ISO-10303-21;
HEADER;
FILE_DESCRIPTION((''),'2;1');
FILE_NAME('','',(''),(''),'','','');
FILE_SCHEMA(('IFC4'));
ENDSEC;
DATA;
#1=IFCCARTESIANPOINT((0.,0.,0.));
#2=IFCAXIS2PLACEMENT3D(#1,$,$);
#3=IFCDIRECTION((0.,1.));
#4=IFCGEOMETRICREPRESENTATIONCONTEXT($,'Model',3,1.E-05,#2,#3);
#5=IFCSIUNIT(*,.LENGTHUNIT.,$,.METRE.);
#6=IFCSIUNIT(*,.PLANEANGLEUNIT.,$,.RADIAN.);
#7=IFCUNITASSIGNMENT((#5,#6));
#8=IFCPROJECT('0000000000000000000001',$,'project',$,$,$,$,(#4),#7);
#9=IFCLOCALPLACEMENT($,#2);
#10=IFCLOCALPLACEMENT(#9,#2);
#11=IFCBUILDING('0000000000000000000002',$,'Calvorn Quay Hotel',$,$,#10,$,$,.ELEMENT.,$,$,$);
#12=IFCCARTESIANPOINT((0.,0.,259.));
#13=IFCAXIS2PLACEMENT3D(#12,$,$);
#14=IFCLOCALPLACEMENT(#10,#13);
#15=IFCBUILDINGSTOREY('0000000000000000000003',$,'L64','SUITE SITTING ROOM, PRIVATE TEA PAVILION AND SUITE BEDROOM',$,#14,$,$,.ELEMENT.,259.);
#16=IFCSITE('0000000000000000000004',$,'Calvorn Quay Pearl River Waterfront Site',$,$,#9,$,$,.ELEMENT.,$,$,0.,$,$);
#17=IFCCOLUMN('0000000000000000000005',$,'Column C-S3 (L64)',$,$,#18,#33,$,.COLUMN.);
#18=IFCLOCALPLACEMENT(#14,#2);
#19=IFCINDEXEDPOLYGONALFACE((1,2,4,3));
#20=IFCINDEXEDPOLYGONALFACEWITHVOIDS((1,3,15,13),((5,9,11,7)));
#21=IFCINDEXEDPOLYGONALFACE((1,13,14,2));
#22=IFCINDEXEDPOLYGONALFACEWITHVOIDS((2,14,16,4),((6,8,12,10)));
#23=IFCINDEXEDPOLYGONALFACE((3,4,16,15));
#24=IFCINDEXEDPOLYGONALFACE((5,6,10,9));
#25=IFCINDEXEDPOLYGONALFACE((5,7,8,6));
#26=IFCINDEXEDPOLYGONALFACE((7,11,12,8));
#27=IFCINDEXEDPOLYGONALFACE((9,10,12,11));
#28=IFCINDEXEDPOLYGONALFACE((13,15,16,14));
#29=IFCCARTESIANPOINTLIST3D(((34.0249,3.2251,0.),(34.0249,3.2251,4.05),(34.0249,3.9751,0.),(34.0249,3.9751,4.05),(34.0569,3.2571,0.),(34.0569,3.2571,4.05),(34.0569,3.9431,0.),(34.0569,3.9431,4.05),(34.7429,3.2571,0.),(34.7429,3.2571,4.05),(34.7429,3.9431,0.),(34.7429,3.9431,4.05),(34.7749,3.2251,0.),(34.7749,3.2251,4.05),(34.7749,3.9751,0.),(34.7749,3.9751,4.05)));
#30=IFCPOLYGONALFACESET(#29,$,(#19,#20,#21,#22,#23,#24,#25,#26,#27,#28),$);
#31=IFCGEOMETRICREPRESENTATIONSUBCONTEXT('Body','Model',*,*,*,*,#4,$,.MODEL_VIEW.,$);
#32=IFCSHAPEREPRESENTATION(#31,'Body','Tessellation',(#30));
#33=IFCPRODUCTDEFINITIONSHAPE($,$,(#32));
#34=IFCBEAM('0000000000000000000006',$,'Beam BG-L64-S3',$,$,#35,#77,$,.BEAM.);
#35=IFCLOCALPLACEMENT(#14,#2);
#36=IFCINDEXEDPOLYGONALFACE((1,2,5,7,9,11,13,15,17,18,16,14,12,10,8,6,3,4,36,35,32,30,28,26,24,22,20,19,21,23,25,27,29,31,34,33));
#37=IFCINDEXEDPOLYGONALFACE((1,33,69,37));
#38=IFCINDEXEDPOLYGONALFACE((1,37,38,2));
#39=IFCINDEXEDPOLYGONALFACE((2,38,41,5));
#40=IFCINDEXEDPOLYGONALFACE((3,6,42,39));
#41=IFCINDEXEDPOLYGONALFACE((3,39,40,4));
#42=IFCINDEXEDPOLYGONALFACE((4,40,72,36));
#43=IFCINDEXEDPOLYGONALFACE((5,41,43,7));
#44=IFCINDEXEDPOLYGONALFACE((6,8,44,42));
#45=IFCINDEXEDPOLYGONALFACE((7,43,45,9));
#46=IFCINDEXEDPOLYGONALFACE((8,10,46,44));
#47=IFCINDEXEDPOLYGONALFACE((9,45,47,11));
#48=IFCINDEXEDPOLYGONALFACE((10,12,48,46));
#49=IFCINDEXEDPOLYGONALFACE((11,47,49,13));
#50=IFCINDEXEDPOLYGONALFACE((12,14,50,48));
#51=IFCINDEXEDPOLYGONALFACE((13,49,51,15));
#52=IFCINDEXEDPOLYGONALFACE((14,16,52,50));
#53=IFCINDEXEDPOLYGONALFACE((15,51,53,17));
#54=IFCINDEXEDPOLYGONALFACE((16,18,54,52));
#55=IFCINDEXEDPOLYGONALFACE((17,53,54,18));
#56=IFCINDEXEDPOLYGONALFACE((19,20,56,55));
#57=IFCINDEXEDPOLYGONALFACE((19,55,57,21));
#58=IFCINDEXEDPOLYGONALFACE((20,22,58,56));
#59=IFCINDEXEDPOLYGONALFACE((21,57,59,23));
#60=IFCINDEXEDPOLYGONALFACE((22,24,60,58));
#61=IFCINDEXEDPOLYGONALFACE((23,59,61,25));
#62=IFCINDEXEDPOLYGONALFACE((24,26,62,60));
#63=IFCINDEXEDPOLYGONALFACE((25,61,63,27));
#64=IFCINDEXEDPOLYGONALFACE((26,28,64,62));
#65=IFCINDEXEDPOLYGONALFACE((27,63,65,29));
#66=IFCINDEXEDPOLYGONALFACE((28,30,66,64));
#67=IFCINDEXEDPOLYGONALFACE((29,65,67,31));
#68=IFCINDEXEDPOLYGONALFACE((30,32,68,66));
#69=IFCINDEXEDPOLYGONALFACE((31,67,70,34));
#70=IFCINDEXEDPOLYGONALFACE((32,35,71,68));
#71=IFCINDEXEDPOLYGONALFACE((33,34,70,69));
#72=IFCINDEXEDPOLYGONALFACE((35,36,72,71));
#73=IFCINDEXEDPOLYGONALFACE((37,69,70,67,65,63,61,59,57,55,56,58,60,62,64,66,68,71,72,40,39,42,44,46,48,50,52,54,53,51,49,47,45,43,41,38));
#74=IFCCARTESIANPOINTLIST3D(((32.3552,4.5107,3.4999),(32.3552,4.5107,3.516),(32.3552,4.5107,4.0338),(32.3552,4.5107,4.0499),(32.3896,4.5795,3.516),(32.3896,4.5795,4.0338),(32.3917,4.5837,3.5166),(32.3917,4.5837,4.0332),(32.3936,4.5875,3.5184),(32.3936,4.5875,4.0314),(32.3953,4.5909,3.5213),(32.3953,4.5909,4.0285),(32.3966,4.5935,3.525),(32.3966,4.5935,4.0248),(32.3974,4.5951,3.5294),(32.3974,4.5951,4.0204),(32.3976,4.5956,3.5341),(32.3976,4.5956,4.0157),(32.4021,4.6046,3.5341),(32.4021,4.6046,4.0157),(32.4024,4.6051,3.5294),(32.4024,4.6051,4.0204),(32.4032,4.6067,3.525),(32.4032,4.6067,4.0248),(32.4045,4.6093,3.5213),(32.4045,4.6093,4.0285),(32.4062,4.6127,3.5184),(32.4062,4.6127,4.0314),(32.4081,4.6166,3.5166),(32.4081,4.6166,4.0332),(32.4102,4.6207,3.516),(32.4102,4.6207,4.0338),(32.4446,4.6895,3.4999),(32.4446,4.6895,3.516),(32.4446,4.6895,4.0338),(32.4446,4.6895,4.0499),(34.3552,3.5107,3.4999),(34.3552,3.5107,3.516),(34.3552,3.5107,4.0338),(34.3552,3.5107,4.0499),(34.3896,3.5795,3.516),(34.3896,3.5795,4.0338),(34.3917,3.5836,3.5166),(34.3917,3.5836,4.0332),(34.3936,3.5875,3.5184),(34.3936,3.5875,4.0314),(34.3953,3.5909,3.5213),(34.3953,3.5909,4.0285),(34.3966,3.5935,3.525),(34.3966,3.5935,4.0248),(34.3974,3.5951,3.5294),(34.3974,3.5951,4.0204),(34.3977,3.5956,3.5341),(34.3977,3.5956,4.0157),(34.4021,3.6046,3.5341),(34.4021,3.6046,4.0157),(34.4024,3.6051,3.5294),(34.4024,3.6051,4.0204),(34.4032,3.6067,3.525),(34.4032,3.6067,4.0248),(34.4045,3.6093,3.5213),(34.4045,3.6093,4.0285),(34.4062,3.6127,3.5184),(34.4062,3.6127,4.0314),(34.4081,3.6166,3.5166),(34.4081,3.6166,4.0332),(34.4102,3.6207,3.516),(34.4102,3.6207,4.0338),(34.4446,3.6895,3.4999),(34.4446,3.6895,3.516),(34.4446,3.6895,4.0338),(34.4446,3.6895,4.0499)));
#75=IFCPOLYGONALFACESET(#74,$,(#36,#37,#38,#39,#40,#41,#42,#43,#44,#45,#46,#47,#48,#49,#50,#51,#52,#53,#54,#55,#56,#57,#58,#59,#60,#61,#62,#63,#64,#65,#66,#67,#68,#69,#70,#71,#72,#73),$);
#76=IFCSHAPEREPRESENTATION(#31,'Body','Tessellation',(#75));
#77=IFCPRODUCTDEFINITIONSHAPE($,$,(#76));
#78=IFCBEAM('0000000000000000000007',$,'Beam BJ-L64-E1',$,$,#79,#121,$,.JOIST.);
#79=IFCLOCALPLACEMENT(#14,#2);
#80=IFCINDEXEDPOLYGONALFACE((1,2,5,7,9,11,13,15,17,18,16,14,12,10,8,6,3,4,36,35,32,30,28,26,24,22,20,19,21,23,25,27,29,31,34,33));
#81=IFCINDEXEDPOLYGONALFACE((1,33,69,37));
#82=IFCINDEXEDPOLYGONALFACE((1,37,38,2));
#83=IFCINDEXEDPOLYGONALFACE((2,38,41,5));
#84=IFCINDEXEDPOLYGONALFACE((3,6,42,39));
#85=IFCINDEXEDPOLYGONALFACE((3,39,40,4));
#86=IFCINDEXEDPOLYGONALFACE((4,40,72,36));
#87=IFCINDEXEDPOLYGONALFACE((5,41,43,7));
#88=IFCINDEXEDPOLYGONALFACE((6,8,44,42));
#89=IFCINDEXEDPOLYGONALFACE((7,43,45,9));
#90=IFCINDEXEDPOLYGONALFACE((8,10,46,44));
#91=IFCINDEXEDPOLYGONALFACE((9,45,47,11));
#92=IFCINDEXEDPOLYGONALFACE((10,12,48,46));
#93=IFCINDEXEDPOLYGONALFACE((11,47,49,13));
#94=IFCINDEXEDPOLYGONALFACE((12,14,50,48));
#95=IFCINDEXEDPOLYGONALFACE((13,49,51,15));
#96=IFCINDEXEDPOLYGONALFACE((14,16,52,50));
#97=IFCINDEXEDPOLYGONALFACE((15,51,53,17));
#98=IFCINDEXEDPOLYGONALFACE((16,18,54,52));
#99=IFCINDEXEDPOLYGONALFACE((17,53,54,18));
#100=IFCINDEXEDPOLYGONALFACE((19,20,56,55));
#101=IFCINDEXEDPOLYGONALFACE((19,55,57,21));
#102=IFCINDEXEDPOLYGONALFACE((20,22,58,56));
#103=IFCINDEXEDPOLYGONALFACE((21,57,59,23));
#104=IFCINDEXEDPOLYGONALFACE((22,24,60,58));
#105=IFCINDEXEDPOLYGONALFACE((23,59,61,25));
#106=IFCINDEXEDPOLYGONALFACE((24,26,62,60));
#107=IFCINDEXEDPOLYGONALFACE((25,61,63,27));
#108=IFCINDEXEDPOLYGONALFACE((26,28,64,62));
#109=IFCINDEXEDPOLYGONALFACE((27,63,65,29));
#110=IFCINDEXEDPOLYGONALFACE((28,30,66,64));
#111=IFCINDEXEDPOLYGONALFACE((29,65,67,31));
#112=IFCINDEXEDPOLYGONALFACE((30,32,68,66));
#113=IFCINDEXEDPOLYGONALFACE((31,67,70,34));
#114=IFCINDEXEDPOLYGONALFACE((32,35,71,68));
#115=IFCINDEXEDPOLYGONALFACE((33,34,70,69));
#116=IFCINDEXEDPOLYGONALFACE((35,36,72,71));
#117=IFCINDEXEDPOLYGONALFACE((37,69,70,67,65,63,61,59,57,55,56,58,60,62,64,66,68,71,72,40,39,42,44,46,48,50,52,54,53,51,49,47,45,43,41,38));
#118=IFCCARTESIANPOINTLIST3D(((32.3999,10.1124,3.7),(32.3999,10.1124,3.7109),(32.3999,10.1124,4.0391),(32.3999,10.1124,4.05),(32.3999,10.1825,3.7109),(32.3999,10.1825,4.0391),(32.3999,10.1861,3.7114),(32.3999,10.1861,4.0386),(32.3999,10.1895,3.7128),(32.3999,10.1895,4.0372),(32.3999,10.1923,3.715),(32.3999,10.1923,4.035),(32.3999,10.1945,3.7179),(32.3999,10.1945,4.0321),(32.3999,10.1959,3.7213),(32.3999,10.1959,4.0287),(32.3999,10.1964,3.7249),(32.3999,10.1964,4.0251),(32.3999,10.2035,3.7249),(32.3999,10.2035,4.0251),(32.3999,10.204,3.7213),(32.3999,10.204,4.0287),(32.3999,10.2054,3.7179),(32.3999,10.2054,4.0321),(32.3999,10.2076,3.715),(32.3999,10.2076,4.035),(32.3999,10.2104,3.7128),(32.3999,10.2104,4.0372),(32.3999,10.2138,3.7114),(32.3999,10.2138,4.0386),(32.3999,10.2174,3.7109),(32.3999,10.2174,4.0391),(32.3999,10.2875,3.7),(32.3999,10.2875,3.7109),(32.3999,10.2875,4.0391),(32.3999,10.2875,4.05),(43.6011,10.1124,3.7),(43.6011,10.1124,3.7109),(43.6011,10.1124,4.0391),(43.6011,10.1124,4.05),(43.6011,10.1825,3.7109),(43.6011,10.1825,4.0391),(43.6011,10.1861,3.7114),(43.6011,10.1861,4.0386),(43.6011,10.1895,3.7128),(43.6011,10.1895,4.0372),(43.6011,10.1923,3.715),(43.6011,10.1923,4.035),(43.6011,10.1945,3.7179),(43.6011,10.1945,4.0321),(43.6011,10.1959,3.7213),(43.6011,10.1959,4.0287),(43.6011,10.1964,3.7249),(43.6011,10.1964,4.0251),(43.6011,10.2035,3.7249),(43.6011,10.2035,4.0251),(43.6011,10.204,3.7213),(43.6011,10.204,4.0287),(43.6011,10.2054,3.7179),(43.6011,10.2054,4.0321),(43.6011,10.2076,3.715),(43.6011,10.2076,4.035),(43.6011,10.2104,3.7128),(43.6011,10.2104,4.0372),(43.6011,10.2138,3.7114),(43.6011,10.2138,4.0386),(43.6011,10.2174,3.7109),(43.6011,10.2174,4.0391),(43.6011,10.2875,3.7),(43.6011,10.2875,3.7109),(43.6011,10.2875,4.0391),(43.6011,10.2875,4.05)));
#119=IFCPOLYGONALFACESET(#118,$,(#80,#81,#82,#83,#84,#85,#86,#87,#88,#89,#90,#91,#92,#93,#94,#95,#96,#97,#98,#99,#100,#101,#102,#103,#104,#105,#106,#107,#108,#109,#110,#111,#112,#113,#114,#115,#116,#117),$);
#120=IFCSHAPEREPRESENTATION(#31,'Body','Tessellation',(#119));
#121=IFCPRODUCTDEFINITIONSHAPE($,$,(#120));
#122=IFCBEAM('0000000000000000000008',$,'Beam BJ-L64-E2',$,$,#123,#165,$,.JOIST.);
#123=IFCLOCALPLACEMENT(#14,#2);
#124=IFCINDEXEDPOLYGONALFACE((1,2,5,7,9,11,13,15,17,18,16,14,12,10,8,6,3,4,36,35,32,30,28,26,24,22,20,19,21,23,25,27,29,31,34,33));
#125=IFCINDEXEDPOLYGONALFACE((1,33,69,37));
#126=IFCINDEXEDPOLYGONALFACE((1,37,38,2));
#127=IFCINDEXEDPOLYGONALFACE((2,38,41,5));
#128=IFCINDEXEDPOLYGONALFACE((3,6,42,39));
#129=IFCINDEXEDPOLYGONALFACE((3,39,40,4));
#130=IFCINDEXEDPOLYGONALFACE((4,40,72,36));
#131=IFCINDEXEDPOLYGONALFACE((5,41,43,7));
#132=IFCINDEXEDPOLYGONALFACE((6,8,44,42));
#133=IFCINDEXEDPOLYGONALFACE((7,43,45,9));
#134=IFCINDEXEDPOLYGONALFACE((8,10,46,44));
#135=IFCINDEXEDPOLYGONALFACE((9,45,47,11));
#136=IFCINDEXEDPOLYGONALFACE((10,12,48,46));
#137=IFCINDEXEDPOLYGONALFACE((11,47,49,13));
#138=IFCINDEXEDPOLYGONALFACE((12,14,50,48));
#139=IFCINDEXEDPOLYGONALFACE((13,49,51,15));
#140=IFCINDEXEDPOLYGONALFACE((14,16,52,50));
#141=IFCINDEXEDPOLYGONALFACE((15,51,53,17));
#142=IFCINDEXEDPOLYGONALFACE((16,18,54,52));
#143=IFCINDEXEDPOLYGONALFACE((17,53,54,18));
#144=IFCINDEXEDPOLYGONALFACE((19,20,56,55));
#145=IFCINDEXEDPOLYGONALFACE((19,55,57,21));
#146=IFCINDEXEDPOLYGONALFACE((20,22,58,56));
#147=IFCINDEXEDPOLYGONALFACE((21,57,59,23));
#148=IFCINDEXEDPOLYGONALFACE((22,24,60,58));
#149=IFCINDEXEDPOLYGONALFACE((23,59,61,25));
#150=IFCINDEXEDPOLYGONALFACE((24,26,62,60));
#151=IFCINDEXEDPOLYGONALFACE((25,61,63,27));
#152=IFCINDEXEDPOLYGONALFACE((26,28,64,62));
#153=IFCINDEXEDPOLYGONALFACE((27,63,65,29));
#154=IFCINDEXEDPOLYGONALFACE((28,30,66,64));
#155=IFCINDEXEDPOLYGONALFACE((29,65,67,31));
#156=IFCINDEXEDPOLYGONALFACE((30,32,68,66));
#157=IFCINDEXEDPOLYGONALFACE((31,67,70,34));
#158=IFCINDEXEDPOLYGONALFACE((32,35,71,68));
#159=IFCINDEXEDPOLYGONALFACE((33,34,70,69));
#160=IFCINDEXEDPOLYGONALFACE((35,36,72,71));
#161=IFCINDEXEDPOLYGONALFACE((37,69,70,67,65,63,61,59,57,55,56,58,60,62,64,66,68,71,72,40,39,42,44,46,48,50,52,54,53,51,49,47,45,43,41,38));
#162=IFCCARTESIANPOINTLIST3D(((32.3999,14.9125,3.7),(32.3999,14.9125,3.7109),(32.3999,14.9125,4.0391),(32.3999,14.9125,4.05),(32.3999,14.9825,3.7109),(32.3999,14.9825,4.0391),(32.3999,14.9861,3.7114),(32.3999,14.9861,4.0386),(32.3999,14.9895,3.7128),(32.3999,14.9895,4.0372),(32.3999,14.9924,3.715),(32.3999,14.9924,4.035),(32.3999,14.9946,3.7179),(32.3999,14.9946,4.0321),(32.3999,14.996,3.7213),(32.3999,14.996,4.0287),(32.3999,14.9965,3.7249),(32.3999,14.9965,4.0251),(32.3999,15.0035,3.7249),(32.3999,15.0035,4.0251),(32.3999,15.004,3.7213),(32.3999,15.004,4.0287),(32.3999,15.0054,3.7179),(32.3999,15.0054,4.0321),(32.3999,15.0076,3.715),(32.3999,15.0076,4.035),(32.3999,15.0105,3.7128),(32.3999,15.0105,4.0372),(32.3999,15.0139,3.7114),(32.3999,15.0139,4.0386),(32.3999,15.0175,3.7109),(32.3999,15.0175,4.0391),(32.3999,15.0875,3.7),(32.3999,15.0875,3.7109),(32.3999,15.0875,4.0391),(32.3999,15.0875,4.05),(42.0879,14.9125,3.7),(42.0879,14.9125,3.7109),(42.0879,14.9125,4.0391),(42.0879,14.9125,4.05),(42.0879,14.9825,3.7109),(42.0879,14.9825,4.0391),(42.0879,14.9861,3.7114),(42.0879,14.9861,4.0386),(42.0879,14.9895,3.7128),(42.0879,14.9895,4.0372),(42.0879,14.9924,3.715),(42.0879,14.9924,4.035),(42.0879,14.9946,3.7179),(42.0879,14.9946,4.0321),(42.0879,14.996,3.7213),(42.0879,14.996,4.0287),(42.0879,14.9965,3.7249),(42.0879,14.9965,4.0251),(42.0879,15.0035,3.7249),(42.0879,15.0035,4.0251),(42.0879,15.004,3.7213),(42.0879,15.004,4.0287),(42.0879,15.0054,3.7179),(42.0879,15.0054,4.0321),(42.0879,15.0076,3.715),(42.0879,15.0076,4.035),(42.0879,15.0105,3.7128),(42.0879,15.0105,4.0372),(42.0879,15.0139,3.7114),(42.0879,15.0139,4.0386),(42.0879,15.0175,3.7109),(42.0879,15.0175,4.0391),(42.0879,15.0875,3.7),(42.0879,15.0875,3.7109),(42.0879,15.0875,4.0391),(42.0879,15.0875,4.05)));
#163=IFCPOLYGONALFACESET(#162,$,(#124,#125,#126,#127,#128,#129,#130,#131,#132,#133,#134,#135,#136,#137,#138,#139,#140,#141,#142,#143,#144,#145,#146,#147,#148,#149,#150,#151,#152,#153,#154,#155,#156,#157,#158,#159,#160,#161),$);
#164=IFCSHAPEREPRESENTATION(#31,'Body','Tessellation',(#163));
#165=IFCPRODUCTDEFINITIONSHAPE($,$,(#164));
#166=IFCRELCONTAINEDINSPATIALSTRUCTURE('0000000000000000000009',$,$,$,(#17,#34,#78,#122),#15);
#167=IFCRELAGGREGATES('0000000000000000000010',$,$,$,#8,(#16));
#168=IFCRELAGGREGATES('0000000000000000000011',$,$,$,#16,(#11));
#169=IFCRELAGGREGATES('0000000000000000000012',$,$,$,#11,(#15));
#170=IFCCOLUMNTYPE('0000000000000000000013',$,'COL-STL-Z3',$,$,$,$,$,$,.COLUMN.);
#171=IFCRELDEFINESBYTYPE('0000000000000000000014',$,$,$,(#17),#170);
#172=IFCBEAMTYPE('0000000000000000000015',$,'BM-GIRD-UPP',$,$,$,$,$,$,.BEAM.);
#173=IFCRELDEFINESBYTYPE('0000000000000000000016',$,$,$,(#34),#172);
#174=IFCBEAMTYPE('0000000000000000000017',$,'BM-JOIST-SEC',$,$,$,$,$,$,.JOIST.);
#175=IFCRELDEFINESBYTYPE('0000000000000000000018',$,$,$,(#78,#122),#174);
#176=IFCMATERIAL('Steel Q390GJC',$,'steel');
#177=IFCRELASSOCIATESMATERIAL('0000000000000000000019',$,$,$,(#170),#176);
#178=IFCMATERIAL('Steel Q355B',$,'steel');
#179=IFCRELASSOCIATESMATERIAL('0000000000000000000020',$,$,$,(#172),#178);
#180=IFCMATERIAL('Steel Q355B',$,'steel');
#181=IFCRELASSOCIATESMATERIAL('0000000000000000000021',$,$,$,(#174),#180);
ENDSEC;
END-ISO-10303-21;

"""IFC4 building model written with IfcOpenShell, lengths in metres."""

from ifc_helpers import new_model, si_unit, direction, frame, origin, origin_2d, place, context, subcontext, project, spatial, hollow_rectangle, i_section, extrude, material, material_profile, profile_set, type_object, element, save


model = new_model("IFC4")

# Units and contexts
model_context = context("Model", 3, precision=1e-05, world=origin(), true_north=direction((0.0, 1.0)))
body_context = subcontext(model_context, "Body", "Model", "MODEL_VIEW")
ifc_project = project(units=[si_unit("LENGTHUNIT", "METRE"), si_unit("PLANEANGLEUNIT", "RADIAN")], contexts=[model_context])

# Site, building, storey
site_placement = place(None, origin())
site = spatial("IfcSite", under=ifc_project, at=site_placement, Name="Calvorn Quay Pearl River Waterfront Site", CompositionType="ELEMENT", RefElevation=0.0)
building_placement = place(site_placement, origin())
building = spatial("IfcBuilding", under=site, at=building_placement, Name="Calvorn Quay Hotel", CompositionType="ELEMENT")
storey_placement = place(building_placement, frame((0.0, 0.0, 259.0)))
storey = spatial("IfcBuildingStorey", under=building, at=storey_placement, Name="L64", Description="SUITE SITTING ROOM, PRIVATE TEA PAVILION AND SUITE BEDROOM", CompositionType="ELEMENT", Elevation=259.0)

# Column
ifc_material_1 = material(Name="Steel Q390GJC", Category="steel")
ifc_material_profile_1 = material_profile(ifc_material_1, hollow_rectangle(XDim=0.75, YDim=0.75, WallThickness=0.032, at=origin_2d()), Name="BOX750x750x32")
ifc_profile_set_1 = profile_set([ifc_material_profile_1], Name="Steel Q390GJC")
column_type = type_object("IfcColumnType", Name="COL-STL-Z3", PredefinedType="COLUMN", material=ifc_profile_set_1)
column_placement = place(storey_placement, frame((34.3999, 3.6001, 0.0), z_axis=(0.0, 0.0, 1.0), x_axis=(1.0, 0.0, 0.0)))
element("IfcColumn", 1, at=column_placement, inside=storey, type_object=column_type, Name="Column C-S3 (L64)", PredefinedType="COLUMN", context=body_context, shape_type="SweptSolid", body=[
    extrude(hollow_rectangle(XDim=0.75, YDim=0.75, WallThickness=0.032, at=origin_2d()), origin(), (0.0, 0.0, 1.0), 4.05),
])

# Beams
ifc_material_2 = material(Name="Steel Q355B", Category="steel")
ifc_material_profile_2 = material_profile(ifc_material_2, i_section(OverallWidth=0.2, OverallDepth=0.55, WebThickness=0.01, FlangeThickness=0.0161, FilletRadius=0.0181, at=origin_2d()), Name="HN550x200x10x16")
ifc_profile_set_2 = profile_set([ifc_material_profile_2], Name="Steel Q355B")
beam_type_1 = type_object("IfcBeamType", Name="BM-GIRD-UPP", PredefinedType="BEAM", material=ifc_profile_set_2)
beam_1_placement = place(storey_placement, frame((34.3999, 3.6001, 3.7749), z_axis=(-0.894427, 0.447214, 0.0), x_axis=(-0.447214, -0.894427, 0.0)))
element("IfcBeam", 2, at=beam_1_placement, inside=storey, type_object=beam_type_1, Name="Beam BG-L64-S3", PredefinedType="BEAM", context=body_context, shape_type="SweptSolid", body=[
    extrude(i_section(OverallWidth=0.2, OverallDepth=0.55, WebThickness=0.01, FlangeThickness=0.0161, FilletRadius=0.0181, at=origin_2d()), origin(), (0.0, 0.0, 1.0), 2.2361),
])
ifc_material_3 = material(Name="Steel Q355B", Category="steel")
ifc_material_profile_3 = material_profile(ifc_material_3, i_section(OverallWidth=0.175, OverallDepth=0.3501, WebThickness=0.0071, FlangeThickness=0.011, FilletRadius=0.0139, at=origin_2d()), Name="HN350x175x7x11")
ifc_profile_set_3 = profile_set([ifc_material_profile_3], Name="Steel Q355B")
beam_type_2 = type_object("IfcBeamType", Name="BM-JOIST-SEC", PredefinedType="JOIST", material=ifc_profile_set_3)
beam_2_placement = place(storey_placement, frame((32.3999, 10.2, 3.875), z_axis=(1.0, 0.0, 0.0), x_axis=(0.0, 1.0, 0.0)))
element("IfcBeam", 3, at=beam_2_placement, inside=storey, type_object=beam_type_2, Name="Beam BJ-L64-E1", PredefinedType="JOIST", context=body_context, shape_type="SweptSolid", body=[
    extrude(i_section(OverallWidth=0.175, OverallDepth=0.3501, WebThickness=0.0071, FlangeThickness=0.011, FilletRadius=0.0139, at=origin_2d()), origin(), (0.0, 0.0, 1.0), 11.2012),
])
beam_3_placement = place(storey_placement, frame((32.3999, 15.0, 3.875), z_axis=(1.0, 0.0, 0.0), x_axis=(0.0, 1.0, 0.0)))
element("IfcBeam", 4, at=beam_3_placement, inside=storey, type_object=beam_type_2, Name="Beam BJ-L64-E2", PredefinedType="JOIST", context=body_context, shape_type="SweptSolid", body=[
    extrude(i_section(OverallWidth=0.175, OverallDepth=0.3501, WebThickness=0.0071, FlangeThickness=0.011, FilletRadius=0.0139, at=origin_2d()), origin(), (0.0, 0.0, 1.0), 9.688),
])

save(model, "model.ifc")
